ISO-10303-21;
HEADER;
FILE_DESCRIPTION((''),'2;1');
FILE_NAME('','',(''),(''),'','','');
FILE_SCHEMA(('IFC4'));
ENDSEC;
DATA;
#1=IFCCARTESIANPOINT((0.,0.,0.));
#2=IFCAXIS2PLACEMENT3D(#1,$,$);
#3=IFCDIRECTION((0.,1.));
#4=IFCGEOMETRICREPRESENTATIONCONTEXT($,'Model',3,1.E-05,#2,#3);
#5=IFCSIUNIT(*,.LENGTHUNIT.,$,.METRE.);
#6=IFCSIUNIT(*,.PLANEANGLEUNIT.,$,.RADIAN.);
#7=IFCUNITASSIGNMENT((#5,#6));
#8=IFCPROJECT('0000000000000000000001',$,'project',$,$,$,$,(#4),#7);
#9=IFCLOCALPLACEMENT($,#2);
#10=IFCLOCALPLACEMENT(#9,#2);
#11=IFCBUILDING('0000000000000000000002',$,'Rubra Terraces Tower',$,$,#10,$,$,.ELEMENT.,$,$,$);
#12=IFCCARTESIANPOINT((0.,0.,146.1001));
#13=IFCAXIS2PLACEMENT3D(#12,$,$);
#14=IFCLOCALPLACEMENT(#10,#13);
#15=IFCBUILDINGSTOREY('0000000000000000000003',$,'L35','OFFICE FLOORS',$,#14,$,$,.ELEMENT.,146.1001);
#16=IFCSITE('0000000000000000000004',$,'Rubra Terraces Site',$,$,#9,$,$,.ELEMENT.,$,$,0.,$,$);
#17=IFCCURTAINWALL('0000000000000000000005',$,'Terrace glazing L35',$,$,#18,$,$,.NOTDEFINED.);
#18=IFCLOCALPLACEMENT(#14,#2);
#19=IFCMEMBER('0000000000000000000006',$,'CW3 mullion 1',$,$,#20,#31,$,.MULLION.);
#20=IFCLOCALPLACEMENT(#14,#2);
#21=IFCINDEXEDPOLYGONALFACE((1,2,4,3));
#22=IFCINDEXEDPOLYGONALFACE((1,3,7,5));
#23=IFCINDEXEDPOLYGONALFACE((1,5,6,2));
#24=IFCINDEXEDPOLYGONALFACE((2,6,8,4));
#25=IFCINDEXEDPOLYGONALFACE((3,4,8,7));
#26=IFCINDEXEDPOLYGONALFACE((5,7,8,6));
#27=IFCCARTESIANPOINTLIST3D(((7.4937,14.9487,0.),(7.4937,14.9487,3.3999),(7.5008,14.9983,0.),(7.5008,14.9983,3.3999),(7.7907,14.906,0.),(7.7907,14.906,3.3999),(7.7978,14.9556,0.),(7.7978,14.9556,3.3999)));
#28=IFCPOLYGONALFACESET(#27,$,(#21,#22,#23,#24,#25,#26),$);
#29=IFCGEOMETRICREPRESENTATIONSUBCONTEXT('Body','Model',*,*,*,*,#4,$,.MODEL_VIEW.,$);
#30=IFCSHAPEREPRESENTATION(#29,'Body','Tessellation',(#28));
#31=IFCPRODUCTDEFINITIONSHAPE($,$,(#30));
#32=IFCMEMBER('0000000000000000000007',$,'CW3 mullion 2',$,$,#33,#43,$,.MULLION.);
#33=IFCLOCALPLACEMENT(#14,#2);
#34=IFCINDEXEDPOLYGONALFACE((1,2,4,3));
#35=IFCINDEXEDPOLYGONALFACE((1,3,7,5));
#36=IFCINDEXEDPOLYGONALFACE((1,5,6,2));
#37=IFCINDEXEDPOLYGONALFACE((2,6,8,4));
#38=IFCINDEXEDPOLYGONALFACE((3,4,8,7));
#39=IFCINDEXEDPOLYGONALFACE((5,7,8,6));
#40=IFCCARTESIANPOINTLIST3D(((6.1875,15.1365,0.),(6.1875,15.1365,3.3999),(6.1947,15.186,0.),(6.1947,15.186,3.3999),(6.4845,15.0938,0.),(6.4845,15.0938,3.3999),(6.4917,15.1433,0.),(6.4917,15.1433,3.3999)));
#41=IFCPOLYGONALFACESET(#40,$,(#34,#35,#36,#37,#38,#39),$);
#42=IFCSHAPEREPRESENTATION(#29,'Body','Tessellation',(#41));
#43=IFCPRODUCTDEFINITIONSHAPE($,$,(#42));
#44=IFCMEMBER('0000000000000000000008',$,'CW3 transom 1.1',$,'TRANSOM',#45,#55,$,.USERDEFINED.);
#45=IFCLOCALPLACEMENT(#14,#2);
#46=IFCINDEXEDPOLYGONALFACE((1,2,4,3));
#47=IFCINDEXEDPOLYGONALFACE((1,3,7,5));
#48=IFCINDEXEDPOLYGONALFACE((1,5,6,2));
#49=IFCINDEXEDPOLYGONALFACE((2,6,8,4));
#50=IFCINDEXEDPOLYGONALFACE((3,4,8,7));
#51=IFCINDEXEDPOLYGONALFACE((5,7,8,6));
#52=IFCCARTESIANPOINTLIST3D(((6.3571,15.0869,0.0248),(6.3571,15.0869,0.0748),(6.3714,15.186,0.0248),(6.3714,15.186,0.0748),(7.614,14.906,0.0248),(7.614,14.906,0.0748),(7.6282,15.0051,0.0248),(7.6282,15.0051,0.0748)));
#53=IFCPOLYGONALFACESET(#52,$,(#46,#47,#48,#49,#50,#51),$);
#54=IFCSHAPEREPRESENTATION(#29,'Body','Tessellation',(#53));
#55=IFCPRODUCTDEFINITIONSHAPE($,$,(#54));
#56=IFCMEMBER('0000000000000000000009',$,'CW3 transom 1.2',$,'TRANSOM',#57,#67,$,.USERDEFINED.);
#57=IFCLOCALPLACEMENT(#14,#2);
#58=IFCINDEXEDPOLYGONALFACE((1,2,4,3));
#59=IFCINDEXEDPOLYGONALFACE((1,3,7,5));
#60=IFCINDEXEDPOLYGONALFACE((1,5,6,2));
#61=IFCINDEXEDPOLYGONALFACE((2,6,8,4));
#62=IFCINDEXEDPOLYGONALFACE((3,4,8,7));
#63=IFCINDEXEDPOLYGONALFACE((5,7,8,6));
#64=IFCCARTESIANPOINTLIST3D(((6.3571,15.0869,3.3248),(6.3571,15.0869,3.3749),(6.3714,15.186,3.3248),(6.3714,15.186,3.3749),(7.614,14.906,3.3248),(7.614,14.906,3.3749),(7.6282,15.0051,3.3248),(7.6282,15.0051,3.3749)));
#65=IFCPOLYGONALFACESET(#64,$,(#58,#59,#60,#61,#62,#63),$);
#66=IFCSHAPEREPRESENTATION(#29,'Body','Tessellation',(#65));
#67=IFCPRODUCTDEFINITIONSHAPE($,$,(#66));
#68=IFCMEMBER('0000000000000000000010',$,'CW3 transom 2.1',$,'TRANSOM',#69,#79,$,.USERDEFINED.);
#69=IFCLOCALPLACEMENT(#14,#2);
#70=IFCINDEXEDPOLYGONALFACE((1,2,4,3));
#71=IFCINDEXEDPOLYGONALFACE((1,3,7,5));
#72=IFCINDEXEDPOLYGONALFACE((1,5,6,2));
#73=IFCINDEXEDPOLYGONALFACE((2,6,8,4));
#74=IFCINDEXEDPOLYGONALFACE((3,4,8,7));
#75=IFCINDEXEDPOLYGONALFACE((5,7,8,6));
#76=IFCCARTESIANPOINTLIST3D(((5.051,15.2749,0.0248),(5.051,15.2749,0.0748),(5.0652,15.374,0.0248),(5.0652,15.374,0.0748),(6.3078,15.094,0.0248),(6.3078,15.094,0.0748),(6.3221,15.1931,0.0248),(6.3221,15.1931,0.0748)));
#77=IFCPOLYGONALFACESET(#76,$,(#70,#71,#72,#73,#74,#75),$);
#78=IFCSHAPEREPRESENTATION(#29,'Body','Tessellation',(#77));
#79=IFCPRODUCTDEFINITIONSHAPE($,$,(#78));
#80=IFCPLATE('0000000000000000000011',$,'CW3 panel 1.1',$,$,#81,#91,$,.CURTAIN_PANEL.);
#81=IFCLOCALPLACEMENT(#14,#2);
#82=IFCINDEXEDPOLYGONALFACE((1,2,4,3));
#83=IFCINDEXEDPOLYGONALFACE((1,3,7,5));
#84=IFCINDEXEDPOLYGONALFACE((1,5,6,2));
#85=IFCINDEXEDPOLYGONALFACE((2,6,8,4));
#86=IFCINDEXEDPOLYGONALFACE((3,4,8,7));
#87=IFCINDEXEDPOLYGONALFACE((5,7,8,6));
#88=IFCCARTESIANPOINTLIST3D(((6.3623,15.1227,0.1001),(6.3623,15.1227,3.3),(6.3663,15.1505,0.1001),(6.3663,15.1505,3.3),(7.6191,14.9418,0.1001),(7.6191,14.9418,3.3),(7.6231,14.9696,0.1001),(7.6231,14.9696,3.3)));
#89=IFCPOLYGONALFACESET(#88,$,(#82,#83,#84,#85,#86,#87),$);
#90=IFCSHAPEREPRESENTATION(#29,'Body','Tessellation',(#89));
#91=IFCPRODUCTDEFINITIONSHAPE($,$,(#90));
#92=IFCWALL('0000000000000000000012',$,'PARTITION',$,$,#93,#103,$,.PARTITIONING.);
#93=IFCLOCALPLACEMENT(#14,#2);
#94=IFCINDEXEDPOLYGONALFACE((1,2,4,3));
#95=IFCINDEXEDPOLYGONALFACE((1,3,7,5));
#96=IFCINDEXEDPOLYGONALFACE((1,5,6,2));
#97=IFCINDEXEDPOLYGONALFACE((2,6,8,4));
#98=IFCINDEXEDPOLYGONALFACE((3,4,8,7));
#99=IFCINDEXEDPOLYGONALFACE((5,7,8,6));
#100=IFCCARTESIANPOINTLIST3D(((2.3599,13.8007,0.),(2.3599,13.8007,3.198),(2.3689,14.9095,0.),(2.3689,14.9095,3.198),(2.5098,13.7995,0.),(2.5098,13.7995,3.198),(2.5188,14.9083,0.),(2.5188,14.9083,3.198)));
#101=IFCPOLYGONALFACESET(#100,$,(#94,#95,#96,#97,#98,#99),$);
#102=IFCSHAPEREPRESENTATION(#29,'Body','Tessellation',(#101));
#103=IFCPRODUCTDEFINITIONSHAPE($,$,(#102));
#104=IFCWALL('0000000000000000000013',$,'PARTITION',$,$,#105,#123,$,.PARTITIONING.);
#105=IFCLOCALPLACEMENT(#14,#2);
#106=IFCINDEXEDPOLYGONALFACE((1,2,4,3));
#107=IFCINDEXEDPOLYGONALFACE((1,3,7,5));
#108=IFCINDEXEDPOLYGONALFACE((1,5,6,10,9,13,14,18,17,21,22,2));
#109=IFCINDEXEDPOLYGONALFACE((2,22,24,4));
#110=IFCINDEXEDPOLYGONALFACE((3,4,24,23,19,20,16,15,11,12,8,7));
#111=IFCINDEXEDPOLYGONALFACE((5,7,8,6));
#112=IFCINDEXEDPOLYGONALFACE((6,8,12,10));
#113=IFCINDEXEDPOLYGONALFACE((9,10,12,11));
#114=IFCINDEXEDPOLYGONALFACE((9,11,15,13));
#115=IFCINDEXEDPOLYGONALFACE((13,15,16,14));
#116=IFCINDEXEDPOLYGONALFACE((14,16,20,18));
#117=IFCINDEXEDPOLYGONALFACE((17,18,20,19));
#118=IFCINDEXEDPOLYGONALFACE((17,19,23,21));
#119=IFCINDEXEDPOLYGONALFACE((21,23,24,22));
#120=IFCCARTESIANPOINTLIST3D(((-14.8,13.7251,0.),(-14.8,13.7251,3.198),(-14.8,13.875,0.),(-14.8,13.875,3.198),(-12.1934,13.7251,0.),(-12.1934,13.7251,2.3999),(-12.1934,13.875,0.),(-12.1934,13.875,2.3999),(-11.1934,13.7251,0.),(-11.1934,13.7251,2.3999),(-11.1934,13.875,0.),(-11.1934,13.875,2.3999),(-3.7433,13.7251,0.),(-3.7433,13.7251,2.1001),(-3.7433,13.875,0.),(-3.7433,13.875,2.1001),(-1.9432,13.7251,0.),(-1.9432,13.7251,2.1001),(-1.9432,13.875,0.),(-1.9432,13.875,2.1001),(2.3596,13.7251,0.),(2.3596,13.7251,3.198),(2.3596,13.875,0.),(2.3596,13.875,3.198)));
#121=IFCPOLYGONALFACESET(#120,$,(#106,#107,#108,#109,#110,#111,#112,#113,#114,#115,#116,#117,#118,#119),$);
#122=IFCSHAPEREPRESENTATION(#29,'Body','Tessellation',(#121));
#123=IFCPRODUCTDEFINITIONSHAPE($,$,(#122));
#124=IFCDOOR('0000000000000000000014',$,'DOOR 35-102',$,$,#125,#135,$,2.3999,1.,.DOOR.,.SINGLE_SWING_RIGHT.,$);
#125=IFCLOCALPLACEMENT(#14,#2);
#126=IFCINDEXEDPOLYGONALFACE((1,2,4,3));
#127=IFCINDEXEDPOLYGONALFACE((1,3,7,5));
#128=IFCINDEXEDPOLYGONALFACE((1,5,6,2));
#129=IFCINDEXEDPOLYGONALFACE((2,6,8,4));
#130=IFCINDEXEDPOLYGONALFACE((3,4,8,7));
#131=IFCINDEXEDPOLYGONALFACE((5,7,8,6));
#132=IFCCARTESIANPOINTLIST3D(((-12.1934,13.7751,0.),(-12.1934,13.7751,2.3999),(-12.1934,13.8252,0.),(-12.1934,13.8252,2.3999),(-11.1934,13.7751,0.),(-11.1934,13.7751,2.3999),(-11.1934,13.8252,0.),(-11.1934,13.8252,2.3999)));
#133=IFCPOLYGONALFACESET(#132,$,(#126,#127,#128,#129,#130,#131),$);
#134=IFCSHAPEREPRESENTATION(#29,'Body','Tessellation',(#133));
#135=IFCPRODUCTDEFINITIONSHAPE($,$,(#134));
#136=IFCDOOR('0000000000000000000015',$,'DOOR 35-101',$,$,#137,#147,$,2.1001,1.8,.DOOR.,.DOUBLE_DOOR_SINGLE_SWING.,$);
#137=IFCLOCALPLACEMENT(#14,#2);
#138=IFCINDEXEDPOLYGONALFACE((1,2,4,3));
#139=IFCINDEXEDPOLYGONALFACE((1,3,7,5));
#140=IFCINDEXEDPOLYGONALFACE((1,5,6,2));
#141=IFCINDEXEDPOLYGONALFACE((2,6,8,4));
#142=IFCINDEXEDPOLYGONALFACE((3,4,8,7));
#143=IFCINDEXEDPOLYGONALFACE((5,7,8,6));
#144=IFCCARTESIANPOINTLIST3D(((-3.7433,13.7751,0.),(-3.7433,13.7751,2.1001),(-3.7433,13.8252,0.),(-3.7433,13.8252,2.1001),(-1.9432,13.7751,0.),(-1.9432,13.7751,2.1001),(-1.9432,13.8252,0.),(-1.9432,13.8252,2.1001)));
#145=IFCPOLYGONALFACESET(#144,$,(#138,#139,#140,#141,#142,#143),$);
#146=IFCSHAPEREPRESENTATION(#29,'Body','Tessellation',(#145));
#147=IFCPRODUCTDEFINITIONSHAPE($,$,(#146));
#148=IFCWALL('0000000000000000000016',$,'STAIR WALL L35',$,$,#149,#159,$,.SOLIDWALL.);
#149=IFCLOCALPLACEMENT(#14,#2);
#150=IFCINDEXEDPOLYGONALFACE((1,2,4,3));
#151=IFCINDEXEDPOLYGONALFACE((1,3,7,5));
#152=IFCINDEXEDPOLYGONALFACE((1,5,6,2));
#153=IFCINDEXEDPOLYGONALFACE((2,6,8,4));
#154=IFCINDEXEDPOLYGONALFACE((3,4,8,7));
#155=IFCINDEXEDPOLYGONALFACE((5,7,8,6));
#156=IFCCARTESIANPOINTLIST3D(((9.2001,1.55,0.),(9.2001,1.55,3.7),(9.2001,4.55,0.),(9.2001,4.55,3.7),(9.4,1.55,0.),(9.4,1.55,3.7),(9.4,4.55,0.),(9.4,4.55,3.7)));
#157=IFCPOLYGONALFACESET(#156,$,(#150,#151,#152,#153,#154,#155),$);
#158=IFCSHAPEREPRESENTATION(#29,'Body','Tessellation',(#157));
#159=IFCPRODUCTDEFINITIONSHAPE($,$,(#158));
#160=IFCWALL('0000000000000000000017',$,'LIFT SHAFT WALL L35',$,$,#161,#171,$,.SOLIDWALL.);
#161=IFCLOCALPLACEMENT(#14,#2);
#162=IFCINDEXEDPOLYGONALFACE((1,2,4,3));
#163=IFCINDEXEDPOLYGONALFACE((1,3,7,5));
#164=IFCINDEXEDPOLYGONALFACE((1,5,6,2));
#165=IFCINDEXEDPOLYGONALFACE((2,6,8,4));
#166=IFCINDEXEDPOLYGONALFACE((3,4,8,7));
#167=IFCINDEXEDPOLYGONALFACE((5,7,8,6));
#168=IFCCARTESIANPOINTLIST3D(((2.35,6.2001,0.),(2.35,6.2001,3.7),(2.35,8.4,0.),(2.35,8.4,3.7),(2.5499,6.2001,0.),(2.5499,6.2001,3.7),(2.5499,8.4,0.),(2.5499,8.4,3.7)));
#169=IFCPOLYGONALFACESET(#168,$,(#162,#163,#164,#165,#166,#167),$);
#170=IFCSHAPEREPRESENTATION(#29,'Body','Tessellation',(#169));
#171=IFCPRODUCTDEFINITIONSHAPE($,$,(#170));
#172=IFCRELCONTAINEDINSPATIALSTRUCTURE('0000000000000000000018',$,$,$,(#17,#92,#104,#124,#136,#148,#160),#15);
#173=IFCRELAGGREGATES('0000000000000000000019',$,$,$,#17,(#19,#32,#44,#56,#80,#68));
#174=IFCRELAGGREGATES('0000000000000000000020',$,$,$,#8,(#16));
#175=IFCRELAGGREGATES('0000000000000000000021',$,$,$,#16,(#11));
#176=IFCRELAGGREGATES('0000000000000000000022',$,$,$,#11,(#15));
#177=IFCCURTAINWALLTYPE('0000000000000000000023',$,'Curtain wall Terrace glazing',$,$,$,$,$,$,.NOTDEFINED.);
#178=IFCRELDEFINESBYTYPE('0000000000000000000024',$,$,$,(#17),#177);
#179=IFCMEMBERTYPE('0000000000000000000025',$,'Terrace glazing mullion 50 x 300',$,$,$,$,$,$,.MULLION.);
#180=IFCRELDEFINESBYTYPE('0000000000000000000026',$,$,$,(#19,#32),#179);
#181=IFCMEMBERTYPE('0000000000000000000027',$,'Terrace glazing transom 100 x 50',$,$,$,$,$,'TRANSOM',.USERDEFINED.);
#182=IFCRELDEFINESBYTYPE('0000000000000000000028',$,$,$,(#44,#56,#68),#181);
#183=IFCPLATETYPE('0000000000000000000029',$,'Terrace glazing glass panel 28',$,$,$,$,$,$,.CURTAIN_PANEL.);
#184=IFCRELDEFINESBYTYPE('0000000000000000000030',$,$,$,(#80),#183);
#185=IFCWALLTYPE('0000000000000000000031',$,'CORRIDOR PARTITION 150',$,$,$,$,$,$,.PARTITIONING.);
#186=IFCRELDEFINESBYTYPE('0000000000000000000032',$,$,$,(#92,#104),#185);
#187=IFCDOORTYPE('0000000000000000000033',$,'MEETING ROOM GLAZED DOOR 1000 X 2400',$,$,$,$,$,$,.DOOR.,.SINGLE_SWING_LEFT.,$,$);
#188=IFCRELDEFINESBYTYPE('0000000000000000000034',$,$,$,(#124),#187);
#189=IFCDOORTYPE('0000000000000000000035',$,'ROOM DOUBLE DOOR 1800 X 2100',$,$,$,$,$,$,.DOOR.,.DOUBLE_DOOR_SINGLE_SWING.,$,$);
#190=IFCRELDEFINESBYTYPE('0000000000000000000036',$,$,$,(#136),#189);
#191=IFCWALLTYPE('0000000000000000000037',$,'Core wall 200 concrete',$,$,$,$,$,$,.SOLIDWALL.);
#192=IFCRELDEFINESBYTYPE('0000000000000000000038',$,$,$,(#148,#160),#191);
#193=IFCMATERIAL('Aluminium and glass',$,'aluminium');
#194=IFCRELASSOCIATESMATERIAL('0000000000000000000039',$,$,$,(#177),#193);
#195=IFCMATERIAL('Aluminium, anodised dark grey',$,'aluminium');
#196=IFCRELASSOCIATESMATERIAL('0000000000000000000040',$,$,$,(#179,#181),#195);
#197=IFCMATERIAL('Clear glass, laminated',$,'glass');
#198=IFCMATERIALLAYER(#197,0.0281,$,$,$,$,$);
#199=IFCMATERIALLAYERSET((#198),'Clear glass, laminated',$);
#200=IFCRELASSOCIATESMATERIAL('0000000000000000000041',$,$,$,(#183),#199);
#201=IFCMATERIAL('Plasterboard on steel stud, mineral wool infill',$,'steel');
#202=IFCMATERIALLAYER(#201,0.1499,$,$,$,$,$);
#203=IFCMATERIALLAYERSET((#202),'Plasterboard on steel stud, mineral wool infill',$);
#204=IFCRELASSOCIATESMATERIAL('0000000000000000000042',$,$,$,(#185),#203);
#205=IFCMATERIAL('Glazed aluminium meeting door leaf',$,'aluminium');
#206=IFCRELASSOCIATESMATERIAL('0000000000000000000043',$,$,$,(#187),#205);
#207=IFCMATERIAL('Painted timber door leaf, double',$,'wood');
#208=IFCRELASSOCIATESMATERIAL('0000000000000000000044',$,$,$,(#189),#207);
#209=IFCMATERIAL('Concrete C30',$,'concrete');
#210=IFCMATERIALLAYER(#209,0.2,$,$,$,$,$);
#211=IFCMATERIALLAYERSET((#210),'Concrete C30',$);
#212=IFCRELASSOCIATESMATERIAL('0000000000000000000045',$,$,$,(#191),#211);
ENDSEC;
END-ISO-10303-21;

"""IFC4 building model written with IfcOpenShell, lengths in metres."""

from ifc_helpers import new_model, si_unit, direction, frame, frame_2d, origin, origin_2d, place, context, subcontext, project, spatial, rectangle, extrude, material, layer, layer_set, material_profile, profile_set, type_object, element, fill, aggregate, save


model = new_model("IFC4")

# Units and contexts
model_context = context("Model", 3, precision=1e-05, world=origin(), true_north=direction((0.0, 1.0)))
body_context = subcontext(model_context, "Body", "Model", "MODEL_VIEW")
ifc_project = project(units=[si_unit("LENGTHUNIT", "METRE"), si_unit("PLANEANGLEUNIT", "RADIAN")], contexts=[model_context])

# Site, building, storey
site_placement = place(None, origin())
site = spatial("IfcSite", under=ifc_project, at=site_placement, Name="Rubra Terraces Site", CompositionType="ELEMENT", RefElevation=0.0)
building_placement = place(site_placement, origin())
building = spatial("IfcBuilding", under=site, at=building_placement, Name="Rubra Terraces Tower", CompositionType="ELEMENT")
storey_placement = place(building_placement, frame((0.0, 0.0, 146.1001)))
storey = spatial("IfcBuildingStorey", under=building, at=storey_placement, Name="L35", Description="OFFICE FLOORS", CompositionType="ELEMENT", Elevation=146.1001)

# Curtain wall, members, plate
ifc_material_1 = material(Name="Aluminium and glass", Category="aluminium")
curtain_wall_type = type_object("IfcCurtainWallType", Name="Curtain wall Terrace glazing", PredefinedType="NOTDEFINED", material=ifc_material_1)
curtain_wall_placement = place(storey_placement, origin())
curtain_wall = element("IfcCurtainWall", 1, at=curtain_wall_placement, inside=storey, type_object=curtain_wall_type, Name="Terrace glazing L35", PredefinedType="NOTDEFINED")
ifc_material_2 = material(Name="Aluminium, anodised dark grey", Category="aluminium")
ifc_material_profile_1 = material_profile(ifc_material_2, rectangle(XDim=0.05, YDim=0.3, at=origin_2d()), Name="AL 50x300")
ifc_profile_set_1 = profile_set([ifc_material_profile_1], Name="Aluminium, anodised dark grey")
member_type_1 = type_object("IfcMemberType", Name="Terrace glazing mullion 50 x 300", PredefinedType="MULLION", material=ifc_profile_set_1)
member_1_placement = place(storey_placement, frame((7.6458, 14.9521, 0.0), z_axis=(0.0, 0.0, 1.0), x_axis=(-0.14241, -0.989808, 0.0)))
member_1 = element("IfcMember", 2, at=member_1_placement, type_object=member_type_1, Name="CW3 mullion 1", PredefinedType="MULLION", context=body_context, shape_type="SweptSolid", body=[
    extrude(rectangle(XDim=0.05, YDim=0.3, at=origin_2d()), origin(), (0.0, 0.0, 1.0), 3.3999),
])
member_2_placement = place(storey_placement, frame((6.3396, 15.1399, 0.0), z_axis=(0.0, 0.0, 1.0), x_axis=(-0.14241, -0.989808, 0.0)))
member_2 = element("IfcMember", 3, at=member_2_placement, type_object=member_type_1, Name="CW3 mullion 2", PredefinedType="MULLION", context=body_context, shape_type="SweptSolid", body=[
    extrude(rectangle(XDim=0.05, YDim=0.3, at=origin_2d()), origin(), (0.0, 0.0, 1.0), 3.3999),
])
ifc_material_profile_2 = material_profile(ifc_material_2, rectangle(XDim=0.1001, YDim=0.05, at=origin_2d()), Name="AL 100x50")
ifc_profile_set_2 = profile_set([ifc_material_profile_2], Name="Aluminium, anodised dark grey")
member_type_2 = type_object("IfcMemberType", Name="Terrace glazing transom 100 x 50", ElementType="TRANSOM", PredefinedType="USERDEFINED", material=ifc_profile_set_2)
member_3_placement = place(storey_placement, frame((7.6211, 14.9556, 0.0498), z_axis=(-0.989799, 0.142471, 0.0), x_axis=(-0.142471, -0.989799, 0.0)))
member_3 = element("IfcMember", 4, at=member_3_placement, type_object=member_type_2, Name="CW3 transom 1.1", ObjectType="TRANSOM", PredefinedType="USERDEFINED", context=body_context, shape_type="SweptSolid", body=[
    extrude(rectangle(XDim=0.1001, YDim=0.05, at=origin_2d()), origin(), (0.0, 0.0, 1.0), 1.2698),
])
member_4_placement = place(storey_placement, frame((7.6211, 14.9556, 3.3499), z_axis=(-0.989799, 0.142471, 0.0), x_axis=(-0.142471, -0.989799, 0.0)))
member_4 = element("IfcMember", 5, at=member_4_placement, type_object=member_type_2, Name="CW3 transom 1.2", ObjectType="TRANSOM", PredefinedType="USERDEFINED", context=body_context, shape_type="SweptSolid", body=[
    extrude(rectangle(XDim=0.1001, YDim=0.05, at=origin_2d()), origin(), (0.0, 0.0, 1.0), 1.2698),
])
member_5_placement = place(storey_placement, frame((6.3149, 15.1436, 0.0498), z_axis=(-0.989799, 0.142471, 0.0), x_axis=(-0.142471, -0.989799, 0.0)))
member_5 = element("IfcMember", 6, at=member_5_placement, type_object=member_type_2, Name="CW3 transom 2.1", ObjectType="TRANSOM", PredefinedType="USERDEFINED", context=body_context, shape_type="SweptSolid", body=[
    extrude(rectangle(XDim=0.1001, YDim=0.05, at=origin_2d()), origin(), (0.0, 0.0, 1.0), 1.2698),
])
ifc_material_3 = material(Name="Clear glass, laminated", Category="glass")
ifc_layer_1 = layer(ifc_material_3, 0.0281)
ifc_layer_set_1 = layer_set([ifc_layer_1], Name="Clear glass, laminated")
plate_type = type_object("IfcPlateType", Name="Terrace glazing glass panel 28", PredefinedType="CURTAIN_PANEL", material=ifc_layer_set_1)
plate_placement = place(storey_placement, frame((6.9927, 15.0461, 0.1001), z_axis=(0.0, 0.0, 1.0), x_axis=(-0.989808, 0.14241, 0.0)))
plate = element("IfcPlate", 7, at=plate_placement, type_object=plate_type, Name="CW3 panel 1.1", PredefinedType="CURTAIN_PANEL", context=body_context, shape_type="SweptSolid", body=[
    extrude(rectangle(XDim=1.2698, YDim=0.0281, at=origin_2d()), origin(), (0.0, 0.0, 1.0), 3.2),
])
aggregate(curtain_wall, [member_1, member_2, member_3, member_4, plate, member_5])

# Wall
ifc_material_4 = material(Name="Plasterboard on steel stud, mineral wool infill", Category="steel")
ifc_layer_2 = layer(ifc_material_4, 0.1499)
ifc_layer_set_2 = layer_set([ifc_layer_2], Name="Plasterboard on steel stud, mineral wool infill")
wall_type_1 = type_object("IfcWallType", Name="CORRIDOR PARTITION 150", PredefinedType="PARTITIONING", material=ifc_layer_set_2)
wall_1_placement = place(storey_placement, frame((2.4438, 14.9089, 0.0), z_axis=(0.0, 0.0, 1.0), x_axis=(-0.008146, -0.999967, 0.0)))
element("IfcWall", 8, at=wall_1_placement, inside=storey, type_object=wall_type_1, Name="PARTITION", PredefinedType="PARTITIONING", context=body_context, shape_type="SweptSolid", body=[
    extrude(rectangle(XDim=1.1089, YDim=0.1499, at=frame_2d((0.5544, 0.0))), origin(), (0.0, 0.0, 1.0), 3.198),
])

# Wall, openings, doors
wall_2_placement = place(storey_placement, frame((2.3596, 13.8, 0.0), z_axis=(0.0, 0.0, 1.0), x_axis=(-1.0, 0.0, 0.0)))
wall_2 = element("IfcWall", 9, at=wall_2_placement, inside=storey, type_object=wall_type_1, Name="PARTITION", PredefinedType="PARTITIONING", context=body_context, shape_type="SweptSolid", body=[
    extrude(rectangle(XDim=17.1597, YDim=0.1499, at=frame_2d((8.5798, 0.0))), origin(), (0.0, 0.0, 1.0), 3.198),
])
opening_1_placement = place(wall_2_placement, frame((4.303, 0.0, 0.0)))
opening_1 = element("IfcOpeningElement", 10, at=opening_1_placement, cuts=wall_2, PredefinedType="OPENING", context=body_context, shape_type="SweptSolid", body=[
    extrude(rectangle(XDim=1.8, YDim=2.1001, at=frame_2d((0.8999, 1.05))), frame((0.0, 0.085, 0.0), z_axis=(0.0, -1.0, 0.0), x_axis=(1.0, 0.0, 0.0)), (0.0, 0.0, 1.0), 0.1699),
])
opening_2_placement = place(wall_2_placement, frame((13.553, 0.0, 0.0)))
opening_2 = element("IfcOpeningElement", 11, at=opening_2_placement, cuts=wall_2, PredefinedType="OPENING", context=body_context, shape_type="SweptSolid", body=[
    extrude(rectangle(XDim=1.0, YDim=2.3999, at=frame_2d((0.5, 1.2))), frame((0.0, 0.085, 0.0), z_axis=(0.0, -1.0, 0.0), x_axis=(1.0, 0.0, 0.0)), (0.0, 0.0, 1.0), 0.1699),
])
ifc_material_5 = material(Name="Glazed aluminium meeting door leaf", Category="aluminium")
door_type_1 = type_object("IfcDoorType", Name="MEETING ROOM GLAZED DOOR 1000 X 2400", OperationType="SINGLE_SWING_LEFT", PredefinedType="DOOR", material=ifc_material_5)
door_1_placement = place(opening_2_placement, origin())
door_1 = element("IfcDoor", 12, at=door_1_placement, inside=storey, type_object=door_type_1, Name="DOOR 35-102", OperationType="SINGLE_SWING_RIGHT", OverallHeight=2.3999, OverallWidth=1.0, PredefinedType="DOOR", context=body_context, shape_type="SweptSolid", body=[
    extrude(rectangle(XDim=1.0, YDim=2.3999, at=frame_2d((0.5, 1.2))), frame((0.0, 0.0249, 0.0), z_axis=(0.0, -1.0, 0.0), x_axis=(1.0, 0.0, 0.0)), (0.0, 0.0, 1.0), 0.05),
])
fill(opening_2, door_1)
ifc_material_6 = material(Name="Painted timber door leaf, double", Category="wood")
door_type_2 = type_object("IfcDoorType", Name="ROOM DOUBLE DOOR 1800 X 2100", OperationType="DOUBLE_DOOR_SINGLE_SWING", PredefinedType="DOOR", material=ifc_material_6)
door_2_placement = place(opening_1_placement, origin())
door_2 = element("IfcDoor", 13, at=door_2_placement, inside=storey, type_object=door_type_2, Name="DOOR 35-101", OperationType="DOUBLE_DOOR_SINGLE_SWING", OverallHeight=2.1001, OverallWidth=1.8, PredefinedType="DOOR", context=body_context, shape_type="SweptSolid", body=[
    extrude(rectangle(XDim=1.8, YDim=2.1001, at=frame_2d((0.8999, 1.05))), frame((0.0, 0.0249, 0.0), z_axis=(0.0, -1.0, 0.0), x_axis=(1.0, 0.0, 0.0)), (0.0, 0.0, 1.0), 0.05),
])
fill(opening_1, door_2)

# Walls
ifc_material_7 = material(Name="Concrete C30", Category="concrete")
ifc_layer_3 = layer(ifc_material_7, 0.2)
ifc_layer_set_3 = layer_set([ifc_layer_3], Name="Concrete C30")
wall_type_2 = type_object("IfcWallType", Name="Core wall 200 concrete", PredefinedType="SOLIDWALL", material=ifc_layer_set_3)
wall_3_placement = place(storey_placement, frame((9.3, 4.55, 0.0), z_axis=(0.0, 0.0, 1.0), x_axis=(0.0, -1.0, 0.0)))
element("IfcWall", 14, at=wall_3_placement, inside=storey, type_object=wall_type_2, Name="STAIR WALL L35", PredefinedType="SOLIDWALL", context=body_context, shape_type="SweptSolid", body=[
    extrude(rectangle(XDim=3.0, YDim=0.2, at=frame_2d((1.5, 0.0))), origin(), (0.0, 0.0, 1.0), 3.7),
])
wall_4_placement = place(storey_placement, frame((2.45, 6.2, 0.0), z_axis=(0.0, 0.0, 1.0), x_axis=(0.0, 1.0, 0.0)))
element("IfcWall", 15, at=wall_4_placement, inside=storey, type_object=wall_type_2, Name="LIFT SHAFT WALL L35", PredefinedType="SOLIDWALL", context=body_context, shape_type="SweptSolid", body=[
    extrude(rectangle(XDim=2.2, YDim=0.2, at=frame_2d((1.1001, 0.0))), origin(), (0.0, 0.0, 1.0), 3.7),
])

save(model, "model.ifc")
